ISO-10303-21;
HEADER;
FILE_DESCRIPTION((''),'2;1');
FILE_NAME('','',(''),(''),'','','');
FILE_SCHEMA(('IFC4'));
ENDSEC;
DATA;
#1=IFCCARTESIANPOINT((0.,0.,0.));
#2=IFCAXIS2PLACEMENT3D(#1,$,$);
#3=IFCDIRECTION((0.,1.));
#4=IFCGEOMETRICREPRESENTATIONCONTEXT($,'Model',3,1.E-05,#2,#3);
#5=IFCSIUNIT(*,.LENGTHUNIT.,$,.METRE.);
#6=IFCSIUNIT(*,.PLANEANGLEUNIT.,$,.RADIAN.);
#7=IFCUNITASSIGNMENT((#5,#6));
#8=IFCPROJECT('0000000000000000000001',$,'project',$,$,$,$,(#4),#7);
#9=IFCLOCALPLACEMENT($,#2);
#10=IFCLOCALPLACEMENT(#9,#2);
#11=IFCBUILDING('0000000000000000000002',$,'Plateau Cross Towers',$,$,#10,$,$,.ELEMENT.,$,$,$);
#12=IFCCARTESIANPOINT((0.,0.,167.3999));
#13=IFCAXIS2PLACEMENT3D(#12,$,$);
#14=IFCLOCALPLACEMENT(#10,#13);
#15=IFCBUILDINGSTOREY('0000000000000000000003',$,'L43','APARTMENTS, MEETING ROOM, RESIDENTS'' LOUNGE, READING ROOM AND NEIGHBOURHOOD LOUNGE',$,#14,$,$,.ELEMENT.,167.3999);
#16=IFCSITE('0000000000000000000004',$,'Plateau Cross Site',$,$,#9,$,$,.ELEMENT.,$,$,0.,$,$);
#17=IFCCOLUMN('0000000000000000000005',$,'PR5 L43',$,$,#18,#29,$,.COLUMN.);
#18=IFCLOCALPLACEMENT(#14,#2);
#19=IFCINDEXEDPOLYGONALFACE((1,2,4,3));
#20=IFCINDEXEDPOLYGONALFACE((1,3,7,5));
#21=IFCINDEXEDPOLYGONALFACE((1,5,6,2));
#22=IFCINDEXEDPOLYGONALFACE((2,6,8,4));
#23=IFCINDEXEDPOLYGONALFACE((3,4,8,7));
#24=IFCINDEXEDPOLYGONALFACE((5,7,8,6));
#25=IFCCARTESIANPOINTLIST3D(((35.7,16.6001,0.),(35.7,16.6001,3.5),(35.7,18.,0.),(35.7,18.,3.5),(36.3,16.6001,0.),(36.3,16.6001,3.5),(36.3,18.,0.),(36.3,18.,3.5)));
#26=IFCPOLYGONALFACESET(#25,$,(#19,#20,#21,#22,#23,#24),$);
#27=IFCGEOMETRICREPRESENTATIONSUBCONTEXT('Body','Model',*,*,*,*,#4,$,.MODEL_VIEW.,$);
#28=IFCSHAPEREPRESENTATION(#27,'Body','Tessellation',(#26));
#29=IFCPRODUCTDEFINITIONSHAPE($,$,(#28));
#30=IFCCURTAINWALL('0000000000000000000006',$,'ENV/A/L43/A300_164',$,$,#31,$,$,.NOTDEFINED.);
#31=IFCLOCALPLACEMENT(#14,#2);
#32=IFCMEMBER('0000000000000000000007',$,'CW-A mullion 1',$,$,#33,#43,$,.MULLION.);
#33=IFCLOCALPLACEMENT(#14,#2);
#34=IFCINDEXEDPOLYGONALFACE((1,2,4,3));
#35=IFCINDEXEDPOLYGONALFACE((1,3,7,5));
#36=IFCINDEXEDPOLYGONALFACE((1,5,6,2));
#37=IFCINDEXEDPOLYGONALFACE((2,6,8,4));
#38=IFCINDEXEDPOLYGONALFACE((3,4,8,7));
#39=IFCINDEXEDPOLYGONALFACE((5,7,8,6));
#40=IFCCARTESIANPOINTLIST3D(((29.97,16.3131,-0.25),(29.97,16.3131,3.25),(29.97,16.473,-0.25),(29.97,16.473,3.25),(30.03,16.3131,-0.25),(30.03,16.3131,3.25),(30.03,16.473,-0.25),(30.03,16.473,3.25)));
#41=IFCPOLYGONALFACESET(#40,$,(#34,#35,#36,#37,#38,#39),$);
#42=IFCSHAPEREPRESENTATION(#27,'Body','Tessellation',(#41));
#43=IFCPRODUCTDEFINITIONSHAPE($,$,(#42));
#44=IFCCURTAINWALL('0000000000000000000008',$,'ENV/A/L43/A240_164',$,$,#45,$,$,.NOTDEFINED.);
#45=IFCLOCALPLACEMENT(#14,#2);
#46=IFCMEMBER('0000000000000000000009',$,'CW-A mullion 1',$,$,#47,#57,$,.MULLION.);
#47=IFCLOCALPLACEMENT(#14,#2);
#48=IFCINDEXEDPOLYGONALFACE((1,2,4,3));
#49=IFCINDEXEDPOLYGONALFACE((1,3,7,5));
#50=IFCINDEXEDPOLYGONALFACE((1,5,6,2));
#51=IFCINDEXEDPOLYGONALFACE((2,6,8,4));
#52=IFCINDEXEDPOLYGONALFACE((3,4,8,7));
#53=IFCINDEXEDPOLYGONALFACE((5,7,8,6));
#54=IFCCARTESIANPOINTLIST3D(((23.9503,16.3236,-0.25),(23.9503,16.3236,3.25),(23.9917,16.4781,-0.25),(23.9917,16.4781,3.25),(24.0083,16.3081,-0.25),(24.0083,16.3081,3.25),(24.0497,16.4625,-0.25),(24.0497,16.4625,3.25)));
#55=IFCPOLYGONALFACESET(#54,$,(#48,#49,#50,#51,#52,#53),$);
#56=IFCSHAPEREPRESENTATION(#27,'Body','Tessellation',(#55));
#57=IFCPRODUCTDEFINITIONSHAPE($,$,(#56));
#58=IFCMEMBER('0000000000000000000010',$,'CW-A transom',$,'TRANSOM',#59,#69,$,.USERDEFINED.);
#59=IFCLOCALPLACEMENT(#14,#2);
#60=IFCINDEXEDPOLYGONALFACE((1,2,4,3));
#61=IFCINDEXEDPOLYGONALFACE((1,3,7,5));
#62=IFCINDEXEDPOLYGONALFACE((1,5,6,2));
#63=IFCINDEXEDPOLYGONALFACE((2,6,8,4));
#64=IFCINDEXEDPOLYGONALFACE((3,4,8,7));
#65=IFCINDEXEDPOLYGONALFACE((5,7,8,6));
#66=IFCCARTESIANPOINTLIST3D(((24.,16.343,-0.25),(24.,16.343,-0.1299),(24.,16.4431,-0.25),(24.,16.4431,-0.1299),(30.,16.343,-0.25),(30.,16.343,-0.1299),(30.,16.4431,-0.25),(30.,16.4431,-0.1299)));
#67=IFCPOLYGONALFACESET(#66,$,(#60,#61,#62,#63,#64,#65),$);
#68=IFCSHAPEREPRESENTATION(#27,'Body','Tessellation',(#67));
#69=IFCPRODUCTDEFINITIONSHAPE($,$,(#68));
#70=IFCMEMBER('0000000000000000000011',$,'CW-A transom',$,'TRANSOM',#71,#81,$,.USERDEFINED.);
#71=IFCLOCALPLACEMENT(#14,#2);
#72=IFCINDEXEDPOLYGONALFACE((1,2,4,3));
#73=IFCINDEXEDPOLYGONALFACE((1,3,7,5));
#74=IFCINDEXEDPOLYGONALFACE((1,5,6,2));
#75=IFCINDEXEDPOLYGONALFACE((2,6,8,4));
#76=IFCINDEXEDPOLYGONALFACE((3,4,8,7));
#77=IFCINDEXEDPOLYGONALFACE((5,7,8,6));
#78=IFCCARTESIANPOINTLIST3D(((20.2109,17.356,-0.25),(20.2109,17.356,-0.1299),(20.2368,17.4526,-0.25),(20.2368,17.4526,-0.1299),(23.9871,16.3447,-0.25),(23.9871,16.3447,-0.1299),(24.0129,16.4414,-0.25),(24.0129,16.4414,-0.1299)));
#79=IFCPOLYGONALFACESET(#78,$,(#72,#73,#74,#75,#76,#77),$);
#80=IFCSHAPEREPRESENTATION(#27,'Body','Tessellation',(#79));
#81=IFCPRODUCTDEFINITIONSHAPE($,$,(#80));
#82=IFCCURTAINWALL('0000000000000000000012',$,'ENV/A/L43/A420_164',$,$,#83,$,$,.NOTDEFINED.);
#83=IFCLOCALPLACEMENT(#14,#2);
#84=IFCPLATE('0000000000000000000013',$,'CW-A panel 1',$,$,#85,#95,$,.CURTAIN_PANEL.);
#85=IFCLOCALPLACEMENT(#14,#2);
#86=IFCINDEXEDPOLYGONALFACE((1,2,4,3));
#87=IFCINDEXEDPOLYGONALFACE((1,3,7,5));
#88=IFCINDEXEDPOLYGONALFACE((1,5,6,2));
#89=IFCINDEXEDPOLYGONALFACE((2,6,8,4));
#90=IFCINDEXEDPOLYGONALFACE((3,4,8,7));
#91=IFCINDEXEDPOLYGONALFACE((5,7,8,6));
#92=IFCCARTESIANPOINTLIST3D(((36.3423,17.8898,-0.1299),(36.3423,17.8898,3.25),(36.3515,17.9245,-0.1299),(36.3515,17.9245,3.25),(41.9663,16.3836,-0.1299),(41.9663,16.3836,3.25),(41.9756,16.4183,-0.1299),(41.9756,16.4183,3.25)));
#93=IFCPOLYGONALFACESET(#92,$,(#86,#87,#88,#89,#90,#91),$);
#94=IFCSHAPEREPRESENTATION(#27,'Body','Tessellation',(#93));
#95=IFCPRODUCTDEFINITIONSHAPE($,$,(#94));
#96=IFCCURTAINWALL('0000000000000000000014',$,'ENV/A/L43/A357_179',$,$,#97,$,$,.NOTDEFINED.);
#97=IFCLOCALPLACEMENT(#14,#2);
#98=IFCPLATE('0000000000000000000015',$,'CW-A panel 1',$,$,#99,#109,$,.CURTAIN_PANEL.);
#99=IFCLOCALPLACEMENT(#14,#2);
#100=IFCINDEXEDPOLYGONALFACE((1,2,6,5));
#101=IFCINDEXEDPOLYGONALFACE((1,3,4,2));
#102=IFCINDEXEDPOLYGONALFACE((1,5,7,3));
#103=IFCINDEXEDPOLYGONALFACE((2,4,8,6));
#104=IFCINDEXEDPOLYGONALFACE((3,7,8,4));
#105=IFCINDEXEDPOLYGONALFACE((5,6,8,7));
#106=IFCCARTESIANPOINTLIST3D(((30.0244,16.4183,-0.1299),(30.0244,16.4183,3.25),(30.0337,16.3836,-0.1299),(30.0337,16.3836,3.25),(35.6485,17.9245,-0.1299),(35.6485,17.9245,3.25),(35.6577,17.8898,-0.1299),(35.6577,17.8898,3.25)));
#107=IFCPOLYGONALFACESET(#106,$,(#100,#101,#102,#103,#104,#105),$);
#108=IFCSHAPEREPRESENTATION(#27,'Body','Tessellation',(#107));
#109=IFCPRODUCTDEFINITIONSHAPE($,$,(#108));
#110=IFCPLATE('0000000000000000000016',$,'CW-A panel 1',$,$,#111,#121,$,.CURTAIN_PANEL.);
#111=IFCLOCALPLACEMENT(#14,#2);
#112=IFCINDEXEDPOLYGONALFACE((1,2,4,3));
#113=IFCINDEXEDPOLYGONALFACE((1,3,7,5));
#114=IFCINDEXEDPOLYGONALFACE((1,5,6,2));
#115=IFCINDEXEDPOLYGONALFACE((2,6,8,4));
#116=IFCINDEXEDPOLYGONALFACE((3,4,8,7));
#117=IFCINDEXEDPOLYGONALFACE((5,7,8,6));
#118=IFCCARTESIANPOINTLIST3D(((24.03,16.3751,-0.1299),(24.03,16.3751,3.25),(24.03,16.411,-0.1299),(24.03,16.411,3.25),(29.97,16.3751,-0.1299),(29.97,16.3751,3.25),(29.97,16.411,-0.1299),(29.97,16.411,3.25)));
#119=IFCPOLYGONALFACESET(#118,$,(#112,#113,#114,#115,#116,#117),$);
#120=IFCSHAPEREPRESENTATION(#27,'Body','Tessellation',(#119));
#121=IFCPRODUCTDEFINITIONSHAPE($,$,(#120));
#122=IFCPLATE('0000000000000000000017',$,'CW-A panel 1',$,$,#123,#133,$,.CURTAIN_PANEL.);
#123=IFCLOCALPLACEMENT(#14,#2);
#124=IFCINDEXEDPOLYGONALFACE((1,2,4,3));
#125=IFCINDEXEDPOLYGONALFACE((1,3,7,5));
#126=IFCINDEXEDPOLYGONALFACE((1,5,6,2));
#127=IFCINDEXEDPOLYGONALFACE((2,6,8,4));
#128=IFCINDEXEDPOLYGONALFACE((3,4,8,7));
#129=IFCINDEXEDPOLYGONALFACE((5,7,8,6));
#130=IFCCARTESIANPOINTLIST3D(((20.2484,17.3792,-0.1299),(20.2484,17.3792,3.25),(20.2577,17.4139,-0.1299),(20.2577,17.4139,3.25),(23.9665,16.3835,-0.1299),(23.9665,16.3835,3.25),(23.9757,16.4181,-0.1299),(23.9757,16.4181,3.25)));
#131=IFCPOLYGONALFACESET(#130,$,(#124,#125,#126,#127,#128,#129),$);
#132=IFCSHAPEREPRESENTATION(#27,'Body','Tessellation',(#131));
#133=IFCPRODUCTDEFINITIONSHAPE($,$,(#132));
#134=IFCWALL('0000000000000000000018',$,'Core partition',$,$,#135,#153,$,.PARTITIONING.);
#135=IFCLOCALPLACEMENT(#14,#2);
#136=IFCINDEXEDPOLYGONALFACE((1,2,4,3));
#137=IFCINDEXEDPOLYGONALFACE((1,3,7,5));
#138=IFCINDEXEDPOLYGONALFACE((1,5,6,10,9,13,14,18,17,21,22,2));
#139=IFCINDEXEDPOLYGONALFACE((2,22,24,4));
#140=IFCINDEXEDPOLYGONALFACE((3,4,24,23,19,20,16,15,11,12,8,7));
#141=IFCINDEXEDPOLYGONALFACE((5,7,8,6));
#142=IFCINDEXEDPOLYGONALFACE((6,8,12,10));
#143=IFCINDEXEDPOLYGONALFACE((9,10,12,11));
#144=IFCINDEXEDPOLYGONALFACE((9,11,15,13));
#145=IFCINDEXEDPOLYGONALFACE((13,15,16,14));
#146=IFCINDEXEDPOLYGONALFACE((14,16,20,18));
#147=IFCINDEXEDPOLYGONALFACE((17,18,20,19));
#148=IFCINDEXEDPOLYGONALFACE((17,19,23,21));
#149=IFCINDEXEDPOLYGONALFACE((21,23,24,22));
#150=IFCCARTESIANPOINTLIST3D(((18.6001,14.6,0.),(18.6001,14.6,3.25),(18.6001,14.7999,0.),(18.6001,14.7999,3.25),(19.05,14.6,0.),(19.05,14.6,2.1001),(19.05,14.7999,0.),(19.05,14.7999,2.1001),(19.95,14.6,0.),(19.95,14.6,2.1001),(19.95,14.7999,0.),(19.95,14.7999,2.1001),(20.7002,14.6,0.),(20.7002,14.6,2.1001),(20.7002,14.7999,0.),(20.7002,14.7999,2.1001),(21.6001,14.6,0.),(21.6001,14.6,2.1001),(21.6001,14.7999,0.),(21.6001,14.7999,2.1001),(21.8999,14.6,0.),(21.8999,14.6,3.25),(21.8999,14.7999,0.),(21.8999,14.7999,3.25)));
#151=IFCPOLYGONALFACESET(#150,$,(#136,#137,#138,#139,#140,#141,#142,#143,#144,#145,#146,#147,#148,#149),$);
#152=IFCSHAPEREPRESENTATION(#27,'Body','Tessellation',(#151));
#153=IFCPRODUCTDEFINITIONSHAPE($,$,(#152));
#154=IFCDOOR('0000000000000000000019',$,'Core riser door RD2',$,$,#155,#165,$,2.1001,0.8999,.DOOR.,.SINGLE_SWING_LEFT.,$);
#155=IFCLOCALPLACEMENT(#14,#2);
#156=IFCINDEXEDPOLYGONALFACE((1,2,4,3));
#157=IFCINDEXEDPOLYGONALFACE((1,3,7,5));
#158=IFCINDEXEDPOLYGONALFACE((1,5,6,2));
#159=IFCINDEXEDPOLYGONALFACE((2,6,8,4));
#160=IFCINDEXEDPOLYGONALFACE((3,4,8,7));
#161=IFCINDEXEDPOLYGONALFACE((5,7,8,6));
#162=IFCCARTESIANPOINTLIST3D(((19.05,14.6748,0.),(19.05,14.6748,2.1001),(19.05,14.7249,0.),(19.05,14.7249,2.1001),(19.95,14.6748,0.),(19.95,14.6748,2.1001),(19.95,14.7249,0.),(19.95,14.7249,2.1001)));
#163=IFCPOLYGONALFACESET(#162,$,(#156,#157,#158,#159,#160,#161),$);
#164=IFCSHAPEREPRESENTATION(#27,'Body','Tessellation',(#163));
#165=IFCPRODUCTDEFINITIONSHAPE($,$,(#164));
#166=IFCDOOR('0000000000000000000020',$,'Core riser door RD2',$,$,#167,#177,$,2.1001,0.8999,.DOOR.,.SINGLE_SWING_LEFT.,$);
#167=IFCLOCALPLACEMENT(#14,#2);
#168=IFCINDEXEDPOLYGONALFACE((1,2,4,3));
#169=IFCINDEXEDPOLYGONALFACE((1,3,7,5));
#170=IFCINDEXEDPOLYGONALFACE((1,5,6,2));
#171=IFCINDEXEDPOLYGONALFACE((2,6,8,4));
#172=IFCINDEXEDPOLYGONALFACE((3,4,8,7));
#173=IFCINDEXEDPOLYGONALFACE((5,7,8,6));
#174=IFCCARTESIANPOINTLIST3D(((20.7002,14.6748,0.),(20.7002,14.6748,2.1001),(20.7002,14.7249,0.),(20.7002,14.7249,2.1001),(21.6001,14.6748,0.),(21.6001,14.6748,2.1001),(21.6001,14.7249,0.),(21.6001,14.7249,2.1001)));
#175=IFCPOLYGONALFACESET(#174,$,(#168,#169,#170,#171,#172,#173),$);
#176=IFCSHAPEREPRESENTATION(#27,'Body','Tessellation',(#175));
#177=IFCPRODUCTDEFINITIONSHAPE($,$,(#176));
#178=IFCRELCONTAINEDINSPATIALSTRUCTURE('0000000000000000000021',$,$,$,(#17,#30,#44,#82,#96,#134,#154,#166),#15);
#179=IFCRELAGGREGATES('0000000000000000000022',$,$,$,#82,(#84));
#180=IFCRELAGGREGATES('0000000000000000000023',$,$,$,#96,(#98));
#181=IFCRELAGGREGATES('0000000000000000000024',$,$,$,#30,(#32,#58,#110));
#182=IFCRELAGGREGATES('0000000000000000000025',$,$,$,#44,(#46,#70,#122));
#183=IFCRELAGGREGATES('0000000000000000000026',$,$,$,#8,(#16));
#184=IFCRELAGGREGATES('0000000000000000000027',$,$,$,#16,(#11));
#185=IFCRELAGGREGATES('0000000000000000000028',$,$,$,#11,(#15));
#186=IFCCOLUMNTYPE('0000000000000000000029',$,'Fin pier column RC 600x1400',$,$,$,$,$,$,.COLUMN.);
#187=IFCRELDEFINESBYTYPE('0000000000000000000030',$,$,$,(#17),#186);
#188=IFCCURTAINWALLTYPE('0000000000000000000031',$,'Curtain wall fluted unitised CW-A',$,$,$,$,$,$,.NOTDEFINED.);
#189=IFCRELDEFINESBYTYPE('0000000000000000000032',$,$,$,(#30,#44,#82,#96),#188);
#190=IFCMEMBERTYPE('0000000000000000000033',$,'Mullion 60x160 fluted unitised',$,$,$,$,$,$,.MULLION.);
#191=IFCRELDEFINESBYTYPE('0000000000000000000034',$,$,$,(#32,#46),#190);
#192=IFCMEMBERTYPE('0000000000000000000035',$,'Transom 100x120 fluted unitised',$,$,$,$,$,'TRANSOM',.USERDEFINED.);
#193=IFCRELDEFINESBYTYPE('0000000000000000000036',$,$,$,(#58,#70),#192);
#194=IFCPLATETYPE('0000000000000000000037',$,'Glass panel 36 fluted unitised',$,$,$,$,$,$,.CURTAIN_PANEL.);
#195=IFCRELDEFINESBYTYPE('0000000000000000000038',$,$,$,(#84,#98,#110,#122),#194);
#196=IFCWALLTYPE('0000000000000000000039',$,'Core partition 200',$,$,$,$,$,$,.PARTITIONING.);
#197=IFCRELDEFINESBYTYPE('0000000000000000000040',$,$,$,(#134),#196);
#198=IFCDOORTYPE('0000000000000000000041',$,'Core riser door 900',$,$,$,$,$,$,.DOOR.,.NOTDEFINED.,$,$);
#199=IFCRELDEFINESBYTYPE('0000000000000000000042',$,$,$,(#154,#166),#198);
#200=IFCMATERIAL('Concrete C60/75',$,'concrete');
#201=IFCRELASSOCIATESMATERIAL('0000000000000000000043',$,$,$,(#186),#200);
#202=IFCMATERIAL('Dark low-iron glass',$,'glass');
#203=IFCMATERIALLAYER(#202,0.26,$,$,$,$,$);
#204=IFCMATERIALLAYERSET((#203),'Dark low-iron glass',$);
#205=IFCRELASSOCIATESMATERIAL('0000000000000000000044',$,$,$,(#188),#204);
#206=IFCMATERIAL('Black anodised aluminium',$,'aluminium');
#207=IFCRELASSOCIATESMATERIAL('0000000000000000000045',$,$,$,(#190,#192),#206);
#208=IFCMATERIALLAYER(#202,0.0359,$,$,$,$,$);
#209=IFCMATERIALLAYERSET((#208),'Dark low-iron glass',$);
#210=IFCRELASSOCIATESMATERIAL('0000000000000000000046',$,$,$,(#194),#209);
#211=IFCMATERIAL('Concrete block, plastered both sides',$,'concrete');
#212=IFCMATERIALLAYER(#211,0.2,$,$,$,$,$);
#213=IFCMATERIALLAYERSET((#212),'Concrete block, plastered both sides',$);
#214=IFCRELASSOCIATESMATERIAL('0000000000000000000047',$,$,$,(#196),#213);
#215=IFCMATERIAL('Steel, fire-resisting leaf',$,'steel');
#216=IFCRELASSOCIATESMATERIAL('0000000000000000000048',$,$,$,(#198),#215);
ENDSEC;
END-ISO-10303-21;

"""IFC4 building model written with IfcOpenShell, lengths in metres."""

from ifc_helpers import new_model, si_unit, direction, frame, frame_2d, origin, origin_2d, place, context, subcontext, project, spatial, rectangle, extrude, material, layer, layer_set, material_profile, profile_set, type_object, element, fill, aggregate, save


model = new_model("IFC4")

# Units and contexts
model_context = context("Model", 3, precision=1e-05, world=origin(), true_north=direction((0.0, 1.0)))
body_context = subcontext(model_context, "Body", "Model", "MODEL_VIEW")
ifc_project = project(units=[si_unit("LENGTHUNIT", "METRE"), si_unit("PLANEANGLEUNIT", "RADIAN")], contexts=[model_context])

# Site, building, storey
site_placement = place(None, origin())
site = spatial("IfcSite", under=ifc_project, at=site_placement, Name="Plateau Cross Site", CompositionType="ELEMENT", RefElevation=0.0)
building_placement = place(site_placement, origin())
building = spatial("IfcBuilding", under=site, at=building_placement, Name="Plateau Cross Towers", CompositionType="ELEMENT")
storey_placement = place(building_placement, frame((0.0, 0.0, 167.3999)))
storey = spatial("IfcBuildingStorey", under=building, at=storey_placement, Name="L43", Description="APARTMENTS, MEETING ROOM, RESIDENTS' LOUNGE, READING ROOM AND NEIGHBOURHOOD LOUNGE", CompositionType="ELEMENT", Elevation=167.3999)

# Column
ifc_material_1 = material(Name="Concrete C60/75", Category="concrete")
ifc_material_profile_1 = material_profile(ifc_material_1, rectangle(XDim=0.6001, YDim=1.3999, at=origin_2d()), Name="RC 600x1400")
ifc_profile_set_1 = profile_set([ifc_material_profile_1], Name="Concrete C60/75")
column_type = type_object("IfcColumnType", Name="Fin pier column RC 600x1400", PredefinedType="COLUMN", material=ifc_profile_set_1)
column_placement = place(storey_placement, frame((36.0, 17.3, 0.0), z_axis=(0.0, 0.0, 1.0), x_axis=(1.0, 0.0, 0.0)))
element("IfcColumn", 1, at=column_placement, inside=storey, type_object=column_type, Name="PR5 L43", PredefinedType="COLUMN", context=body_context, shape_type="SweptSolid", body=[
    extrude(rectangle(XDim=0.6001, YDim=1.3999, at=origin_2d()), origin(), (0.0, 0.0, 1.0), 3.5),
])

# Curtain walls, members
ifc_material_2 = material(Name="Dark low-iron glass", Category="glass")
ifc_layer_1 = layer(ifc_material_2, 0.26)
ifc_layer_set_1 = layer_set([ifc_layer_1], Name="Dark low-iron glass")
curtain_wall_type = type_object("IfcCurtainWallType", Name="Curtain wall fluted unitised CW-A", PredefinedType="NOTDEFINED", material=ifc_layer_set_1)
curtain_wall_1_placement = place(storey_placement, origin())
curtain_wall_1 = element("IfcCurtainWall", 2, at=curtain_wall_1_placement, inside=storey, type_object=curtain_wall_type, Name="ENV/A/L43/A300_164", PredefinedType="NOTDEFINED")
ifc_material_3 = material(Name="Black anodised aluminium", Category="aluminium")
ifc_material_profile_2 = material_profile(ifc_material_3, rectangle(XDim=0.0601, YDim=0.1599, at=origin_2d()), Name="MULLION 60x160")
ifc_profile_set_2 = profile_set([ifc_material_profile_2], Name="Black anodised aluminium")
member_type_1 = type_object("IfcMemberType", Name="Mullion 60x160 fluted unitised", PredefinedType="MULLION", material=ifc_profile_set_2)
member_1_placement = place(storey_placement, frame((30.0, 16.3931, -0.25), z_axis=(0.0, 0.0, 1.0), x_axis=(-1.0, 0.0, 0.0)))
member_1 = element("IfcMember", 3, at=member_1_placement, type_object=member_type_1, Name="CW-A mullion 1", PredefinedType="MULLION", context=body_context, shape_type="SweptSolid", body=[
    extrude(rectangle(XDim=0.0601, YDim=0.1599, at=origin_2d()), origin(), (0.0, 0.0, 1.0), 3.5),
])
curtain_wall_2_placement = place(storey_placement, origin())
curtain_wall_2 = element("IfcCurtainWall", 4, at=curtain_wall_2_placement, inside=storey, type_object=curtain_wall_type, Name="ENV/A/L43/A240_164", PredefinedType="NOTDEFINED")
member_2_placement = place(storey_placement, frame((24.0, 16.3931, -0.25), z_axis=(0.0, 0.0, 1.0), x_axis=(-0.965958, 0.258699, 0.0)))
member_2 = element("IfcMember", 5, at=member_2_placement, type_object=member_type_1, Name="CW-A mullion 1", PredefinedType="MULLION", context=body_context, shape_type="SweptSolid", body=[
    extrude(rectangle(XDim=0.0601, YDim=0.1599, at=origin_2d()), origin(), (0.0, 0.0, 1.0), 3.5),
])

# Members
ifc_material_profile_3 = material_profile(ifc_material_3, rectangle(XDim=0.1001, YDim=0.1201, at=origin_2d()), Name="TRANSOM 100x120")
ifc_profile_set_3 = profile_set([ifc_material_profile_3], Name="Black anodised aluminium")
member_type_2 = type_object("IfcMemberType", Name="Transom 100x120 fluted unitised", ElementType="TRANSOM", PredefinedType="USERDEFINED", material=ifc_profile_set_3)
member_3_placement = place(storey_placement, frame((30.0, 16.3931, -0.1899), z_axis=(-1.0, 0.0, 0.0), x_axis=(0.0, -1.0, 0.0)))
member_3 = element("IfcMember", 6, at=member_3_placement, type_object=member_type_2, Name="CW-A transom", ObjectType="TRANSOM", PredefinedType="USERDEFINED", context=body_context, shape_type="SweptSolid", body=[
    extrude(rectangle(XDim=0.1001, YDim=0.1201, at=origin_2d()), origin(), (0.0, 0.0, 1.0), 6.0),
])
member_4_placement = place(storey_placement, frame((24.0, 16.3931, -0.1899), z_axis=(-0.965963, 0.258681, 0.0), x_axis=(-0.258681, -0.965963, 0.0)))
member_4 = element("IfcMember", 7, at=member_4_placement, type_object=member_type_2, Name="CW-A transom", ObjectType="TRANSOM", PredefinedType="USERDEFINED", context=body_context, shape_type="SweptSolid", body=[
    extrude(rectangle(XDim=0.1001, YDim=0.1201, at=origin_2d()), origin(), (0.0, 0.0, 1.0), 3.9092),
])

# Curtain walls, plates
curtain_wall_3_placement = place(storey_placement, origin())
curtain_wall_3 = element("IfcCurtainWall", 8, at=curtain_wall_3_placement, inside=storey, type_object=curtain_wall_type, Name="ENV/A/L43/A420_164", PredefinedType="NOTDEFINED")
ifc_layer_2 = layer(ifc_material_2, 0.0359)
ifc_layer_set_2 = layer_set([ifc_layer_2], Name="Dark low-iron glass")
plate_type = type_object("IfcPlateType", Name="Glass panel 36 fluted unitised", PredefinedType="CURTAIN_PANEL", material=ifc_layer_set_2)
plate_1_placement = place(storey_placement, frame((39.1589, 17.1541, -0.1299), z_axis=(0.0, 0.0, 1.0), x_axis=(-0.965958, 0.258699, 0.0)))
plate_1 = element("IfcPlate", 9, at=plate_1_placement, type_object=plate_type, Name="CW-A panel 1", PredefinedType="CURTAIN_PANEL", context=body_context, shape_type="SweptSolid", body=[
    extrude(rectangle(XDim=5.8223, YDim=0.0359, at=origin_2d()), origin(), (0.0, 0.0, 1.0), 3.3799),
])
aggregate(curtain_wall_3, [plate_1])
curtain_wall_4_placement = place(storey_placement, origin())
curtain_wall_4 = element("IfcCurtainWall", 10, at=curtain_wall_4_placement, inside=storey, type_object=curtain_wall_type, Name="ENV/A/L43/A357_179", PredefinedType="NOTDEFINED")
plate_2_placement = place(storey_placement, frame((32.8411, 17.1541, -0.1299), z_axis=(0.0, 0.0, 1.0), x_axis=(-0.965958, -0.258699, 0.0)))
plate_2 = element("IfcPlate", 11, at=plate_2_placement, type_object=plate_type, Name="CW-A panel 1", PredefinedType="CURTAIN_PANEL", context=body_context, shape_type="SweptSolid", body=[
    extrude(rectangle(XDim=5.8223, YDim=0.0359, at=origin_2d()), origin(), (0.0, 0.0, 1.0), 3.3799),
])
aggregate(curtain_wall_4, [plate_2])

# Plates
plate_3_placement = place(storey_placement, frame((27.0, 16.3931, -0.1299), z_axis=(0.0, 0.0, 1.0), x_axis=(-1.0, 0.0, 0.0)))
plate_3 = element("IfcPlate", 12, at=plate_3_placement, type_object=plate_type, Name="CW-A panel 1", PredefinedType="CURTAIN_PANEL", context=body_context, shape_type="SweptSolid", body=[
    extrude(rectangle(XDim=5.9399, YDim=0.0359, at=origin_2d()), origin(), (0.0, 0.0, 1.0), 3.3799),
])
aggregate(curtain_wall_1, [member_1, member_3, plate_3])
plate_4_placement = place(storey_placement, frame((22.1121, 16.8987, -0.1299), z_axis=(0.0, 0.0, 1.0), x_axis=(-0.965958, 0.258699, 0.0)))
plate_4 = element("IfcPlate", 13, at=plate_4_placement, type_object=plate_type, Name="CW-A panel 1", PredefinedType="CURTAIN_PANEL", context=body_context, shape_type="SweptSolid", body=[
    extrude(rectangle(XDim=3.8491, YDim=0.0359, at=origin_2d()), origin(), (0.0, 0.0, 1.0), 3.3799),
])
aggregate(curtain_wall_2, [member_2, member_4, plate_4])

# Wall, openings, doors
ifc_material_4 = material(Name="Concrete block, plastered both sides", Category="concrete")
ifc_layer_3 = layer(ifc_material_4, 0.2)
ifc_layer_set_3 = layer_set([ifc_layer_3], Name="Concrete block, plastered both sides")
wall_type_1 = type_object("IfcWallType", Name="Core partition 200", PredefinedType="PARTITIONING", material=ifc_layer_set_3)
wall_1_placement = place(storey_placement, frame((18.6001, 14.7, 0.0), z_axis=(0.0, 0.0, 1.0), x_axis=(1.0, 0.0, 0.0)))
wall_1 = element("IfcWall", 14, at=wall_1_placement, inside=storey, type_object=wall_type_1, Name="Core partition", PredefinedType="PARTITIONING", context=body_context, shape_type="SweptSolid", body=[
    extrude(rectangle(XDim=3.2998, YDim=0.2, at=frame_2d((1.6499, 0.0))), origin(), (0.0, 0.0, 1.0), 3.25),
])
opening_1_placement = place(wall_1_placement, frame((0.45, 0.0, 0.0)))
opening_1 = element("IfcOpeningElement", 15, at=opening_1_placement, cuts=wall_1, PredefinedType="OPENING", context=body_context, shape_type="SweptSolid", body=[
    extrude(rectangle(XDim=0.8999, YDim=2.1001, at=frame_2d((0.45, 1.05))), frame((0.0, 0.1099, 0.0), z_axis=(0.0, -1.0, 0.0), x_axis=(1.0, 0.0, 0.0)), (0.0, 0.0, 1.0), 0.22),
])
opening_2_placement = place(wall_1_placement, frame((2.1001, 0.0, 0.0)))
opening_2 = element("IfcOpeningElement", 16, at=opening_2_placement, cuts=wall_1, PredefinedType="OPENING", context=body_context, shape_type="SweptSolid", body=[
    extrude(rectangle(XDim=0.8999, YDim=2.1001, at=frame_2d((0.45, 1.05))), frame((0.0, 0.1099, 0.0), z_axis=(0.0, -1.0, 0.0), x_axis=(1.0, 0.0, 0.0)), (0.0, 0.0, 1.0), 0.22),
])
ifc_material_5 = material(Name="Steel, fire-resisting leaf", Category="steel")
door_type_1 = type_object("IfcDoorType", Name="Core riser door 900", OperationType="NOTDEFINED", PredefinedType="DOOR", material=ifc_material_5)
door_1_placement = place(opening_1_placement, origin())
door_1 = element("IfcDoor", 17, at=door_1_placement, inside=storey, type_object=door_type_1, Name="Core riser door RD2", OperationType="SINGLE_SWING_LEFT", OverallHeight=2.1001, OverallWidth=0.8999, PredefinedType="DOOR", context=body_context, shape_type="SweptSolid", body=[
    extrude(rectangle(XDim=0.8999, YDim=2.1001, at=frame_2d((0.45, 1.05))), frame((0.0, 0.0249, 0.0), z_axis=(0.0, -1.0, 0.0), x_axis=(1.0, 0.0, 0.0)), (0.0, 0.0, 1.0), 0.05),
])
fill(opening_1, door_1)
door_2_placement = place(opening_2_placement, origin())
door_2 = element("IfcDoor", 18, at=door_2_placement, inside=storey, type_object=door_type_1, Name="Core riser door RD2", OperationType="SINGLE_SWING_LEFT", OverallHeight=2.1001, OverallWidth=0.8999, PredefinedType="DOOR", context=body_context, shape_type="SweptSolid", body=[
    extrude(rectangle(XDim=0.8999, YDim=2.1001, at=frame_2d((0.45, 1.05))), frame((0.0, 0.0249, 0.0), z_axis=(0.0, -1.0, 0.0), x_axis=(1.0, 0.0, 0.0)), (0.0, 0.0, 1.0), 0.05),
])
fill(opening_2, door_2)

save(model, "model.ifc")
